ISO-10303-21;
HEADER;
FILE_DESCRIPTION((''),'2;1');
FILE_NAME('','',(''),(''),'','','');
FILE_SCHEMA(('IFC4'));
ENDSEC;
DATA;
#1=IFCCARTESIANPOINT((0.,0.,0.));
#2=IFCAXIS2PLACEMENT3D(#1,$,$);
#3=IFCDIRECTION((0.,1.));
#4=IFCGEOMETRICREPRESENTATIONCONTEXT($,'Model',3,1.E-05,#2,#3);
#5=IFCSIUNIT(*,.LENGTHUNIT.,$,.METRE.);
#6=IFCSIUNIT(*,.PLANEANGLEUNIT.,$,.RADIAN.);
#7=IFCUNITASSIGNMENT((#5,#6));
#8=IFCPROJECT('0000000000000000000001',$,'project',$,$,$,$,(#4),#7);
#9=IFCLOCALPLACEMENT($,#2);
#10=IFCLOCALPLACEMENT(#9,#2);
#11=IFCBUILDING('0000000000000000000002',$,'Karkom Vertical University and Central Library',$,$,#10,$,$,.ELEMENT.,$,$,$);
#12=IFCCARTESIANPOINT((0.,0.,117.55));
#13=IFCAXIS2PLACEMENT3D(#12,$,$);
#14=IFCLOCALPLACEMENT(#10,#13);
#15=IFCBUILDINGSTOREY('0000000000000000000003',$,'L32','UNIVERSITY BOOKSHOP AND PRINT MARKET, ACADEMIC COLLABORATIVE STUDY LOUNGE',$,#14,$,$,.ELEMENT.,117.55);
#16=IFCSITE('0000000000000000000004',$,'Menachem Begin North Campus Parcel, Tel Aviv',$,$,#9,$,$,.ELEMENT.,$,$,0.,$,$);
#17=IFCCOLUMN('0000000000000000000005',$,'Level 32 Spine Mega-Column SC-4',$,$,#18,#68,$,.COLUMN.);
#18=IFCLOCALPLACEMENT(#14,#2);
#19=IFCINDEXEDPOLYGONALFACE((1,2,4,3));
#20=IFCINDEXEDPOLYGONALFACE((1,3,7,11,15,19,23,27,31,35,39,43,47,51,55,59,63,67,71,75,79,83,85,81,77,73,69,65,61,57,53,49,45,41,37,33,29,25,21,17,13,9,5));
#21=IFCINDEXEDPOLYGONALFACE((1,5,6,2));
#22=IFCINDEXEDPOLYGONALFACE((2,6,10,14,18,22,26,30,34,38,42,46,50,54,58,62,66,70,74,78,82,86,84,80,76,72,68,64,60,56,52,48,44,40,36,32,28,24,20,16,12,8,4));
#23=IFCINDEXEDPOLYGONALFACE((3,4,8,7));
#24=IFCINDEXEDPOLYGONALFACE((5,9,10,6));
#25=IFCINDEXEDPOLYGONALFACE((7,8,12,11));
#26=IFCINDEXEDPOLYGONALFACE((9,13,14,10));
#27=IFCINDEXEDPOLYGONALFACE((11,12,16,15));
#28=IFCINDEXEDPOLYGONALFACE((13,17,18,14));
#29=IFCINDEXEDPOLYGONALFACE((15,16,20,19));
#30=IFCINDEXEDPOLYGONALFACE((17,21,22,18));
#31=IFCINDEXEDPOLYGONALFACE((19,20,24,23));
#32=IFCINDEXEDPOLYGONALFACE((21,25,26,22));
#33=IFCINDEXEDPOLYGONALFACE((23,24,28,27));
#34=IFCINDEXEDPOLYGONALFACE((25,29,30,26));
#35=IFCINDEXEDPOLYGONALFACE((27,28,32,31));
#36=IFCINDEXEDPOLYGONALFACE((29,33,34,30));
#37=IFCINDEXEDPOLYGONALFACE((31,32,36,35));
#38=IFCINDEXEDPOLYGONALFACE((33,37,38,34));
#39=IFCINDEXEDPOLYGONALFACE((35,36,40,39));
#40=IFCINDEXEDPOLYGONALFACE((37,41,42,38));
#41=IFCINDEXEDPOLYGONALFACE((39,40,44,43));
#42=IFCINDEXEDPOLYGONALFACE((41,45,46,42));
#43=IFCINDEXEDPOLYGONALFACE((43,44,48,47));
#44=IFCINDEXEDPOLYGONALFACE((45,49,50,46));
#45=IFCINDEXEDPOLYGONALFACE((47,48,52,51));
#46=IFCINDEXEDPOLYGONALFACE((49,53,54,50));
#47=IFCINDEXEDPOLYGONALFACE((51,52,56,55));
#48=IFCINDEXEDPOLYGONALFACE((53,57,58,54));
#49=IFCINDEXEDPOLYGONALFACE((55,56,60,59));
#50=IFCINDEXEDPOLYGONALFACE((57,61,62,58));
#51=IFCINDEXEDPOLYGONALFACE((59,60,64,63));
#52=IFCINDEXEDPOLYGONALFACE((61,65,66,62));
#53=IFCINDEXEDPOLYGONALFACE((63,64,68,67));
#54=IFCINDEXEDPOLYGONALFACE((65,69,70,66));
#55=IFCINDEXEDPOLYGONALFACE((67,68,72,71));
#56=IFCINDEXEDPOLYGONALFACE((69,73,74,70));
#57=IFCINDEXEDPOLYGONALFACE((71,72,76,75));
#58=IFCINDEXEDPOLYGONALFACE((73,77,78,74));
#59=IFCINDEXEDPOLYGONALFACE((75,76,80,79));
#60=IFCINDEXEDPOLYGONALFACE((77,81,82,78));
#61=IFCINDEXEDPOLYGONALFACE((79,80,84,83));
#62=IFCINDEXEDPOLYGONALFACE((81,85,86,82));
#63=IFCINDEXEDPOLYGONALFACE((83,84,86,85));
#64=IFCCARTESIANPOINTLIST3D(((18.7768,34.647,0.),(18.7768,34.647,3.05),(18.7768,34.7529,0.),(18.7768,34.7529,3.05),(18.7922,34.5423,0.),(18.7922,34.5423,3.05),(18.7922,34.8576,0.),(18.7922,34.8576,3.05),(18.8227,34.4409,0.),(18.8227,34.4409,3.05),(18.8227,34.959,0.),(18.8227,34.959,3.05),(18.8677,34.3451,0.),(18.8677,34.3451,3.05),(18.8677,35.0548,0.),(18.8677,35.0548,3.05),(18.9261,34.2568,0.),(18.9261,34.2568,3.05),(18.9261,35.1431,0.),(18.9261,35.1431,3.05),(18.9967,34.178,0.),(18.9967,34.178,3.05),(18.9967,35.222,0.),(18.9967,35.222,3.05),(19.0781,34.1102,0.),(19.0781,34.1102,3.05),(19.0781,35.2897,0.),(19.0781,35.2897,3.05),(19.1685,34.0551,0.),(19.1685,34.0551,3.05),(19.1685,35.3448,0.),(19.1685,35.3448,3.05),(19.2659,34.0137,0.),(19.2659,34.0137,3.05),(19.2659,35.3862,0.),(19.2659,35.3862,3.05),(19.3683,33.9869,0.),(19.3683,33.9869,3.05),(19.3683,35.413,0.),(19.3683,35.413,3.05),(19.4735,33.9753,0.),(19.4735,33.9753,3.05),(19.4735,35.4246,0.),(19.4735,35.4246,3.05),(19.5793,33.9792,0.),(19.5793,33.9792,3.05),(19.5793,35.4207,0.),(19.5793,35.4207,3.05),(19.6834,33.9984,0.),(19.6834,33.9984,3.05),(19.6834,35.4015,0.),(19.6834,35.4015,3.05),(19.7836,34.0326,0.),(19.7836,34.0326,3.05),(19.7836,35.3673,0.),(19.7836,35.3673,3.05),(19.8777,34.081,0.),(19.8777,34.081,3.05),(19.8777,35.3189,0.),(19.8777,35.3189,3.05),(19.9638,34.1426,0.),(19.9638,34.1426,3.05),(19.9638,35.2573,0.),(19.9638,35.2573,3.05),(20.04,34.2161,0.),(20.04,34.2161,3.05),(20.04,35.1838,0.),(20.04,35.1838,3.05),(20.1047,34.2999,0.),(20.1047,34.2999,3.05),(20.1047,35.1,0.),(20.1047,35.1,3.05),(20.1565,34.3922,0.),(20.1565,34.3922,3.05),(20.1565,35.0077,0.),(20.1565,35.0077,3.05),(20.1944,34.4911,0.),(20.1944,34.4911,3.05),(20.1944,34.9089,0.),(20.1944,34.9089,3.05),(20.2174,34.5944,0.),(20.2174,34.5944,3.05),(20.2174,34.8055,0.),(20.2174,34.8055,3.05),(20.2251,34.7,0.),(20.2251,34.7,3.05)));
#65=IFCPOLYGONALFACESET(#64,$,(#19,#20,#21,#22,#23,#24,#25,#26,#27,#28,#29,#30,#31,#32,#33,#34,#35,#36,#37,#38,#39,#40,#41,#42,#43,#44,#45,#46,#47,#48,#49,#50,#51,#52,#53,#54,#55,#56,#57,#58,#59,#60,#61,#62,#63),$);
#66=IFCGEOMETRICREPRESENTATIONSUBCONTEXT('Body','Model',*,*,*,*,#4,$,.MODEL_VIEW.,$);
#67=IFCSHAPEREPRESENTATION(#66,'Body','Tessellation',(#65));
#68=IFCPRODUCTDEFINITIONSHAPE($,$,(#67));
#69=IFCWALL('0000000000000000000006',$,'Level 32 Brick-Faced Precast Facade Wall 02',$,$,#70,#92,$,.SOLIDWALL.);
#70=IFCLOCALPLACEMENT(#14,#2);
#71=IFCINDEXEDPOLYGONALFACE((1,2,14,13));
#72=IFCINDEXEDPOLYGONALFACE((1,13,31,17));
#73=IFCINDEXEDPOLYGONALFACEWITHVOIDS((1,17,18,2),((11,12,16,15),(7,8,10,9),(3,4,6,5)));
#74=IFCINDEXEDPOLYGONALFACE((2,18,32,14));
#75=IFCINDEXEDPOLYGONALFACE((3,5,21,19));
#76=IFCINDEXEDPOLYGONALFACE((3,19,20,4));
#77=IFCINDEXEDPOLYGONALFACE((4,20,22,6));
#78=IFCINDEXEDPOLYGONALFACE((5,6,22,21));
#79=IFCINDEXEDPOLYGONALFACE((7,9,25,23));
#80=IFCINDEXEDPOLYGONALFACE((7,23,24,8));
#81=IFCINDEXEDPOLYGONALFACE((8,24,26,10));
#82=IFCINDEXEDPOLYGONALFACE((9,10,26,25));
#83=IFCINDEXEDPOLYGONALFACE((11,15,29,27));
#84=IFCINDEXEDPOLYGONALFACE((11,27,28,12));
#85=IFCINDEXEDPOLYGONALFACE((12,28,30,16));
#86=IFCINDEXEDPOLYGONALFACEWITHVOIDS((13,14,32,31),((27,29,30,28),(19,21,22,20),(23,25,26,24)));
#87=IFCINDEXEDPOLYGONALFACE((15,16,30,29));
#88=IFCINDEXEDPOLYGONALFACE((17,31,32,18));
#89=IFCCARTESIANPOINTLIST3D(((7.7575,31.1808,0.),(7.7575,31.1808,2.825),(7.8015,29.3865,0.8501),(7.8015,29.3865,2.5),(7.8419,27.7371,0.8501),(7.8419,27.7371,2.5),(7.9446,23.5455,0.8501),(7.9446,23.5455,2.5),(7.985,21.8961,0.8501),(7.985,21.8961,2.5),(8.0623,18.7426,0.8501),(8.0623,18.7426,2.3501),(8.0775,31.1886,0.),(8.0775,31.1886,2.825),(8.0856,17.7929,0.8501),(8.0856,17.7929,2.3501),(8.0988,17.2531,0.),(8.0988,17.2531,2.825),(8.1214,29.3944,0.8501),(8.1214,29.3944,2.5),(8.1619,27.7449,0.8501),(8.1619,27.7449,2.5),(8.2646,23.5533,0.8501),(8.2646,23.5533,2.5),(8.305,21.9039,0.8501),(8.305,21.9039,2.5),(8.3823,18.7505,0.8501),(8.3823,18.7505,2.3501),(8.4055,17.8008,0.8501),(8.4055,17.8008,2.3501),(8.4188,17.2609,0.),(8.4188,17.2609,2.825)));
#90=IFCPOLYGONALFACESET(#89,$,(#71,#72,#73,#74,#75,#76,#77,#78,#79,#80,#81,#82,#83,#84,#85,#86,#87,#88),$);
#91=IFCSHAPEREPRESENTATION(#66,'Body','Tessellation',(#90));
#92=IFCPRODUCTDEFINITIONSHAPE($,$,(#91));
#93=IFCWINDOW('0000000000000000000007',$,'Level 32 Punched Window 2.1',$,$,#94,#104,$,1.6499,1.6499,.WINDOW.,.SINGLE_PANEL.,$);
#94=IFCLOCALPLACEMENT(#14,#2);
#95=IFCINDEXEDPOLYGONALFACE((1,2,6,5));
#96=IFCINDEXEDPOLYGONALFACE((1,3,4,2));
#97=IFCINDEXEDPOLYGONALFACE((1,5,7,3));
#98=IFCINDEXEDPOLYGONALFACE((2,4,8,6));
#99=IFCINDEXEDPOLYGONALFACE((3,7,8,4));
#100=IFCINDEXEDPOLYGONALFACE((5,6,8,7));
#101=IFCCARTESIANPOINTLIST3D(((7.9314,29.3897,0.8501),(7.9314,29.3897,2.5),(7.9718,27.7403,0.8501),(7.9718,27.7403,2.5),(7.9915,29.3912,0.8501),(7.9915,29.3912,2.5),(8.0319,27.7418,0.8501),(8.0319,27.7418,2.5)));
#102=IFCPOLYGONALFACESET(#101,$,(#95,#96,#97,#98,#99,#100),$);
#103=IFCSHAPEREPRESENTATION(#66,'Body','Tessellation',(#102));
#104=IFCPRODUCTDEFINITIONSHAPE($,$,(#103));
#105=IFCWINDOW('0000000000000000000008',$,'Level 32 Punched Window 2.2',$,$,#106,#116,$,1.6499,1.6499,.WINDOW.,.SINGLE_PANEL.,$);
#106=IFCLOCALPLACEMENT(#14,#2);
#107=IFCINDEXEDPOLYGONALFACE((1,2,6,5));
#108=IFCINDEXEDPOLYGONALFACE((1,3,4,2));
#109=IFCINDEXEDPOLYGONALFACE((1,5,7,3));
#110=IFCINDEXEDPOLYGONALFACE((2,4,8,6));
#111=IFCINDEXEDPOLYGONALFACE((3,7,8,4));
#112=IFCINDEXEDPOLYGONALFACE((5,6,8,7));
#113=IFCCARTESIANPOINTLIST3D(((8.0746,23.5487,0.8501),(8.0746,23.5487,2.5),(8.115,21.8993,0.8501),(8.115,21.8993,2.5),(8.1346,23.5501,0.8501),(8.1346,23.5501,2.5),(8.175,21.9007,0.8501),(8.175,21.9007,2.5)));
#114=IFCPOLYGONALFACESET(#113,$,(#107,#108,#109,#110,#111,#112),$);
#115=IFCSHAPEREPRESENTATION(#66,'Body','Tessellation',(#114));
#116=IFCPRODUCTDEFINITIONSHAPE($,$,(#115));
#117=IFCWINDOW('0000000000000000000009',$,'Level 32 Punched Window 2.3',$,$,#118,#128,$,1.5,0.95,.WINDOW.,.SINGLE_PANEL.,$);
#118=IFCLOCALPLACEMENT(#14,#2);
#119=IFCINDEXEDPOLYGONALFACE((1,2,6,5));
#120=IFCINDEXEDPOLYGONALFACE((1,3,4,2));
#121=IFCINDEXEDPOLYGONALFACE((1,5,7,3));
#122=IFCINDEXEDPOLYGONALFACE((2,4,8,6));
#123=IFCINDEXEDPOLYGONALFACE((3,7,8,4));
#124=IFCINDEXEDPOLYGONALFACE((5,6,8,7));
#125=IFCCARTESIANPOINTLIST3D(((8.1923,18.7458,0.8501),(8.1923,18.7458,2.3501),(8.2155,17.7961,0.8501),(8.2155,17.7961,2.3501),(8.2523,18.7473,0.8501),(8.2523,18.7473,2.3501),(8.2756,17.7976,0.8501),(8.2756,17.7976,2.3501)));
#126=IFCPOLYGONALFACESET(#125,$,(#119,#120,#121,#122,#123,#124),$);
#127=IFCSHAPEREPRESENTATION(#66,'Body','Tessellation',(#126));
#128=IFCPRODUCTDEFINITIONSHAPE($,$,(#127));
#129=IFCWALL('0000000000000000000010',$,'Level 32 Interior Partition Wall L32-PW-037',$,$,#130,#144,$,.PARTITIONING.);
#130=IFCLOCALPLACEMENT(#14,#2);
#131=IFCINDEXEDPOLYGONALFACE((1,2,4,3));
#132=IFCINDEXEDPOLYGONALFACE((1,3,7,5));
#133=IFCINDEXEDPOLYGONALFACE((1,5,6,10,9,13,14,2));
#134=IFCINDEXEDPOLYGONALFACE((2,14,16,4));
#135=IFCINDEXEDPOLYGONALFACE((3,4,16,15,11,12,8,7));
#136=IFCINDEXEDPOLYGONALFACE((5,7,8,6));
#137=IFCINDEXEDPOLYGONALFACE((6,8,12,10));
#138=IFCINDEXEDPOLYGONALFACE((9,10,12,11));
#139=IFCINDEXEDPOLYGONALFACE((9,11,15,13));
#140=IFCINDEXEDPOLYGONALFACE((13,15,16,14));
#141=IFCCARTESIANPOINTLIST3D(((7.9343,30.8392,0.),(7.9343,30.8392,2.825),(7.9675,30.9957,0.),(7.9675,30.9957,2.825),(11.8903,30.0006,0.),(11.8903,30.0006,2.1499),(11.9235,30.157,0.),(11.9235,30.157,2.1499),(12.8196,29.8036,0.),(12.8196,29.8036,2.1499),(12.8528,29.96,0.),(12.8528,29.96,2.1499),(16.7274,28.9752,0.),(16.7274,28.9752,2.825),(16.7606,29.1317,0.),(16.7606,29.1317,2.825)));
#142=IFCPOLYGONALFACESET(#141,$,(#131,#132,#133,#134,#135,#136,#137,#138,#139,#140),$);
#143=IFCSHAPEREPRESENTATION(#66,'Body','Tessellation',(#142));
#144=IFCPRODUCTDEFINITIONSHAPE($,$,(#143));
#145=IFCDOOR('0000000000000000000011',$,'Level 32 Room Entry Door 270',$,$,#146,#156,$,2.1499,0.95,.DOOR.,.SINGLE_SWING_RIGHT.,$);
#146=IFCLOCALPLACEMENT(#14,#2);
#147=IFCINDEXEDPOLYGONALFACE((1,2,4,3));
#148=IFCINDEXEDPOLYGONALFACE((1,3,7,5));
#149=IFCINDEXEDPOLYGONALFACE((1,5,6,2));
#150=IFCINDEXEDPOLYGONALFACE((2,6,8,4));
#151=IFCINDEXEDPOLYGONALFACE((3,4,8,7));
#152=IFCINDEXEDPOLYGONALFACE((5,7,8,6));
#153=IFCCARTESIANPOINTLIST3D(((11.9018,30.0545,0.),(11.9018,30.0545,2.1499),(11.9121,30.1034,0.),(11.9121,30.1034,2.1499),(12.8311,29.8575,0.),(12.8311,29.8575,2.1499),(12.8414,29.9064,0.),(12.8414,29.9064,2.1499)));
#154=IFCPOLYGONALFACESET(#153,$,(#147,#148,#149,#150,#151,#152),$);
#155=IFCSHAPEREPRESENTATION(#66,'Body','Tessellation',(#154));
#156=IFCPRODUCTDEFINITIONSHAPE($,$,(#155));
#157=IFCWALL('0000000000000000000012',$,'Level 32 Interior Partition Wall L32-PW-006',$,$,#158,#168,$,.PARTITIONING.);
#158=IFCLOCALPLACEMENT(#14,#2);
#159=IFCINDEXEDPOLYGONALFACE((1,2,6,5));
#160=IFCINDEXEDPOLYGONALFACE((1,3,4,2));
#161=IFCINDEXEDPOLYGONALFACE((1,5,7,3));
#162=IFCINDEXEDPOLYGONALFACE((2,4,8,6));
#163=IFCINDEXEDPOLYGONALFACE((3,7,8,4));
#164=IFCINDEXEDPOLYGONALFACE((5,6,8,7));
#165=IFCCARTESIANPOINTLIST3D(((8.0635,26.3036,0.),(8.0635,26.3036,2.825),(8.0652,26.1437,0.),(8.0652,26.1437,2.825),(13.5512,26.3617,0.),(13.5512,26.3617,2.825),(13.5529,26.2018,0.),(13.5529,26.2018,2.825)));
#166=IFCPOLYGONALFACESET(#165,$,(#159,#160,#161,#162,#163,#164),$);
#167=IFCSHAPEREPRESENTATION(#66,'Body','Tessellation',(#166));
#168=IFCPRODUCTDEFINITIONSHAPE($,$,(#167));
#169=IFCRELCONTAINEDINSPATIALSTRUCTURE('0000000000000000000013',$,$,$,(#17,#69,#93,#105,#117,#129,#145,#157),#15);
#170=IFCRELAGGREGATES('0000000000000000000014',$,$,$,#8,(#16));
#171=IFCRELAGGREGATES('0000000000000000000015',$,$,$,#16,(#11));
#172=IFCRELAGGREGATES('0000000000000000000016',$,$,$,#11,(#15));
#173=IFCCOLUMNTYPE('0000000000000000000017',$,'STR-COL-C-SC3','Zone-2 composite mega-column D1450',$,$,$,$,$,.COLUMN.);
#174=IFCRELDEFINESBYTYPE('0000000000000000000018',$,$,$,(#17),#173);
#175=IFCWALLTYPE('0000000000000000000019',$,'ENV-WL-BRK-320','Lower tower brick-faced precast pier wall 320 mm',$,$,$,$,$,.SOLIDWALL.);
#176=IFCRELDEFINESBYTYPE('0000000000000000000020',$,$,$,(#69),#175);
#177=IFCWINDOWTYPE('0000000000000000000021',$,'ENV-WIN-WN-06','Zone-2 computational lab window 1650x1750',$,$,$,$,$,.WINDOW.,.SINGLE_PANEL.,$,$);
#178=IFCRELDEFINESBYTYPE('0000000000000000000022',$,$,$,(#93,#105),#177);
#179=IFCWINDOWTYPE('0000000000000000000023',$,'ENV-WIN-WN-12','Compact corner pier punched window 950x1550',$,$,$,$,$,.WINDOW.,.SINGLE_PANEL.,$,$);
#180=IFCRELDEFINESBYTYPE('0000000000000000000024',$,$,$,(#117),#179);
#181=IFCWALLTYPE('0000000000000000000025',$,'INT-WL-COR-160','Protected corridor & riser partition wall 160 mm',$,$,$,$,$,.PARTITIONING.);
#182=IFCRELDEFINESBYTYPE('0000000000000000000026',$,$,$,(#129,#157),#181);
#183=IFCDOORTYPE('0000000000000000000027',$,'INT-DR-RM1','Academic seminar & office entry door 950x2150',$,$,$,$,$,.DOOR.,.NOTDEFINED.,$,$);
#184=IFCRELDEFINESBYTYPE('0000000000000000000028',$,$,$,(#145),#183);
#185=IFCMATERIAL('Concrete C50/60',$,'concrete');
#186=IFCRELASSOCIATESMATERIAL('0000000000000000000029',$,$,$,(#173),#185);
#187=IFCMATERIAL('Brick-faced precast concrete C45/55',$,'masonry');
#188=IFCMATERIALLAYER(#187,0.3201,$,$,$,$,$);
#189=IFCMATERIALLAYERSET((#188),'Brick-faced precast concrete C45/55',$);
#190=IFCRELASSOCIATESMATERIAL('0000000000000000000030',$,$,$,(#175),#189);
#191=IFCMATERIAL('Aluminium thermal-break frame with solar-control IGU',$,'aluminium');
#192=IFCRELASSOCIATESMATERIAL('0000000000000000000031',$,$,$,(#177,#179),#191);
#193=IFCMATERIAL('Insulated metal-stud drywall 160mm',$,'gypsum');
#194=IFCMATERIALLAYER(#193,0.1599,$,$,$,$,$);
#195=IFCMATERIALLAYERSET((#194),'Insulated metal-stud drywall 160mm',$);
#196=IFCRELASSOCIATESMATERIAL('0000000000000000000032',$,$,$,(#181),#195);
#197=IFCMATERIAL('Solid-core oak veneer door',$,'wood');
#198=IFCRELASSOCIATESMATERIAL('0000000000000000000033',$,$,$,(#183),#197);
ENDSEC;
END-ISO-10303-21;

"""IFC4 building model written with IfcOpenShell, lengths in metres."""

from ifc_helpers import new_model, si_unit, direction, frame, frame_2d, origin, origin_with_axes, origin_2d, place, context, subcontext, project, spatial, rectangle, circle, extrude, source, transform, mapped, material, layer, layer_set, material_profile, profile_set, type_object, element, fill, save


model = new_model("IFC4")

# Units and contexts
model_context = context("Model", 3, precision=1e-05, world=origin(), true_north=direction((0.0, 1.0)))
body_context = subcontext(model_context, "Body", "Model", "MODEL_VIEW")
ifc_project = project(units=[si_unit("LENGTHUNIT", "METRE"), si_unit("PLANEANGLEUNIT", "RADIAN")], contexts=[model_context])

# Site, building, storey
site_placement = place(None, origin())
site = spatial("IfcSite", under=ifc_project, at=site_placement, Name="Menachem Begin North Campus Parcel, Tel Aviv", CompositionType="ELEMENT", RefElevation=0.0)
building_placement = place(site_placement, origin())
building = spatial("IfcBuilding", under=site, at=building_placement, Name="Karkom Vertical University and Central Library", CompositionType="ELEMENT")
storey_placement = place(building_placement, frame((0.0, 0.0, 117.55)))
storey = spatial("IfcBuildingStorey", under=building, at=storey_placement, Name="L32", Description="UNIVERSITY BOOKSHOP AND PRINT MARKET, ACADEMIC COLLABORATIVE STUDY LOUNGE", CompositionType="ELEMENT", Elevation=117.55)

# Column
ifc_material_1 = material(Name="Concrete C50/60", Category="concrete")
ifc_material_profile = material_profile(ifc_material_1, circle(Radius=0.7251, at=origin_2d()), Name="CFT-D1450")
ifc_profile_set = profile_set([ifc_material_profile], Name="Concrete C50/60")
column_type = type_object("IfcColumnType", Name="STR-COL-C-SC3", Description="Zone-2 composite mega-column D1450", PredefinedType="COLUMN", material=ifc_profile_set)
shared_shape_1 = source(origin_with_axes(), body_context, "Body", "SweptSolid", [
    extrude(circle(Radius=0.7251, at=origin_2d()), origin(), (0.0, 0.0, 1.0), 3.05),
])
column_placement = place(storey_placement, frame((19.5, 34.7, 0.0), z_axis=(0.0, 0.0, 1.0), x_axis=(1.0, 0.0, 0.0)))
element("IfcColumn", 1, at=column_placement, inside=storey, type_object=column_type, Name="Level 32 Spine Mega-Column SC-4", PredefinedType="COLUMN", context=body_context, shape_type="MappedRepresentation", body=[
    mapped(shared_shape_1, transform((0.0, 0.0, 0.0), scale=1.0)),
])

# Wall, openings, windows
ifc_material_2 = material(Name="Brick-faced precast concrete C45/55", Category="masonry")
ifc_layer_1 = layer(ifc_material_2, 0.3201)
ifc_layer_set_1 = layer_set([ifc_layer_1], Name="Brick-faced precast concrete C45/55")
wall_type_1 = type_object("IfcWallType", Name="ENV-WL-BRK-320", Description="Lower tower brick-faced precast pier wall 320 mm", PredefinedType="SOLIDWALL", material=ifc_layer_set_1)
wall_1_placement = place(storey_placement, frame((7.9175, 31.1846, 0.0), z_axis=(0.0, 0.0, 1.0), x_axis=(0.024498, -0.9997, 0.0)))
wall_1 = element("IfcWall", 2, at=wall_1_placement, inside=storey, type_object=wall_type_1, Name="Level 32 Brick-Faced Precast Facade Wall 02", PredefinedType="SOLIDWALL", context=body_context, shape_type="SweptSolid", body=[
    extrude(rectangle(XDim=13.9319, YDim=0.3201, at=frame_2d((6.9658, 0.0))), origin(), (0.0, 0.0, 1.0), 2.825),
])
opening_1_placement = place(wall_1_placement, frame((1.7947, 0.0, 0.8501)))
opening_1 = element("IfcOpeningElement", 3, at=opening_1_placement, cuts=wall_1, PredefinedType="OPENING", context=body_context, shape_type="SweptSolid", body=[
    extrude(rectangle(XDim=1.6499, YDim=1.6499, at=frame_2d((0.825, 0.825))), frame((0.0, 0.1699, 0.0), z_axis=(0.0, -1.0, 0.0), x_axis=(1.0, 0.0, 0.0)), (0.0, 0.0, 1.0), 0.3401),
])
opening_2_placement = place(wall_1_placement, frame((7.6375, 0.0, 0.8501)))
opening_2 = element("IfcOpeningElement", 4, at=opening_2_placement, cuts=wall_1, PredefinedType="OPENING", context=body_context, shape_type="SweptSolid", body=[
    extrude(rectangle(XDim=1.6499, YDim=1.6499, at=frame_2d((0.825, 0.825))), frame((0.0, 0.1699, 0.0), z_axis=(0.0, -1.0, 0.0), x_axis=(1.0, 0.0, 0.0)), (0.0, 0.0, 1.0), 0.3401),
])
opening_3_placement = place(wall_1_placement, frame((12.4417, 0.0, 0.8501)))
opening_3 = element("IfcOpeningElement", 5, at=opening_3_placement, cuts=wall_1, PredefinedType="OPENING", context=body_context, shape_type="SweptSolid", body=[
    extrude(rectangle(XDim=0.95, YDim=1.5, at=frame_2d((0.4751, 0.75))), frame((0.0, 0.1699, 0.0), z_axis=(0.0, -1.0, 0.0), x_axis=(1.0, 0.0, 0.0)), (0.0, 0.0, 1.0), 0.3401),
])
ifc_material_3 = material(Name="Aluminium thermal-break frame with solar-control IGU", Category="aluminium")
window_type_1 = type_object("IfcWindowType", Name="ENV-WIN-WN-06", Description="Zone-2 computational lab window 1650x1750", PartitioningType="SINGLE_PANEL", PredefinedType="WINDOW", material=ifc_material_3)
shared_shape_2 = source(origin_with_axes(), body_context, "Body", "SweptSolid", [
    extrude(rectangle(XDim=1.6499, YDim=1.6499, at=frame_2d((0.825, 0.825))), frame((0.0, 0.03, 0.0), z_axis=(0.0, -1.0, 0.0), x_axis=(1.0, 0.0, 0.0)), (0.0, 0.0, 1.0), 0.0601),
])
window_1_placement = place(opening_1_placement, origin())
window_1 = element("IfcWindow", 6, at=window_1_placement, inside=storey, type_object=window_type_1, Name="Level 32 Punched Window 2.1", OverallHeight=1.6499, OverallWidth=1.6499, PartitioningType="SINGLE_PANEL", PredefinedType="WINDOW", context=body_context, shape_type="MappedRepresentation", body=[
    mapped(shared_shape_2, transform((0.0, 0.0, 0.0), scale=1.0)),
])
fill(opening_1, window_1)
window_2_placement = place(opening_2_placement, origin())
window_2 = element("IfcWindow", 7, at=window_2_placement, inside=storey, type_object=window_type_1, Name="Level 32 Punched Window 2.2", OverallHeight=1.6499, OverallWidth=1.6499, PartitioningType="SINGLE_PANEL", PredefinedType="WINDOW", context=body_context, shape_type="MappedRepresentation", body=[
    mapped(shared_shape_2, transform((0.0, 0.0, 0.0), scale=1.0)),
])
fill(opening_2, window_2)
window_type_2 = type_object("IfcWindowType", Name="ENV-WIN-WN-12", Description="Compact corner pier punched window 950x1550", PartitioningType="SINGLE_PANEL", PredefinedType="WINDOW", material=ifc_material_3)
shared_shape_3 = source(origin_with_axes(), body_context, "Body", "SweptSolid", [
    extrude(rectangle(XDim=0.95, YDim=1.5, at=frame_2d((0.4751, 0.75))), frame((0.0, 0.03, 0.0), z_axis=(0.0, -1.0, 0.0), x_axis=(1.0, 0.0, 0.0)), (0.0, 0.0, 1.0), 0.0601),
])
window_3_placement = place(opening_3_placement, origin())
window_3 = element("IfcWindow", 8, at=window_3_placement, inside=storey, type_object=window_type_2, Name="Level 32 Punched Window 2.3", OverallHeight=1.5, OverallWidth=0.95, PartitioningType="SINGLE_PANEL", PredefinedType="WINDOW", context=body_context, shape_type="MappedRepresentation", body=[
    mapped(shared_shape_3, transform((0.0, 0.0, 0.0), scale=1.0)),
])
fill(opening_3, window_3)

# Wall, opening, door
ifc_material_4 = material(Name="Insulated metal-stud drywall 160mm", Category="gypsum")
ifc_layer_2 = layer(ifc_material_4, 0.1599)
ifc_layer_set_2 = layer_set([ifc_layer_2], Name="Insulated metal-stud drywall 160mm")
wall_type_2 = type_object("IfcWallType", Name="INT-WL-COR-160", Description="Protected corridor & riser partition wall 160 mm", PredefinedType="PARTITIONING", material=ifc_layer_set_2)
wall_2_placement = place(storey_placement, frame((16.7439, 29.0535, 0.0), z_axis=(0.0, 0.0, 1.0), x_axis=(-0.978262, 0.207375, 0.0)))
wall_2 = element("IfcWall", 9, at=wall_2_placement, inside=storey, type_object=wall_type_2, Name="Level 32 Interior Partition Wall L32-PW-037", PredefinedType="PARTITIONING", context=body_context, shape_type="SweptSolid", body=[
    extrude(rectangle(XDim=8.9885, YDim=0.1599, at=frame_2d((4.4941, 0.0))), origin(), (0.0, 0.0, 1.0), 2.825),
])
opening_4_placement = place(wall_2_placement, frame((3.9944, 0.0, 0.0)))
opening_4 = element("IfcOpeningElement", 10, at=opening_4_placement, cuts=wall_2, PredefinedType="OPENING", context=body_context, shape_type="SweptSolid", body=[
    extrude(rectangle(XDim=0.95, YDim=2.1499, at=frame_2d((0.4751, 1.075))), frame((0.0, 0.0898, 0.0), z_axis=(0.0, -1.0, 0.0), x_axis=(1.0, 0.0, 0.0)), (0.0, 0.0, 1.0), 0.1799),
])
ifc_material_5 = material(Name="Solid-core oak veneer door", Category="wood")
door_type_1 = type_object("IfcDoorType", Name="INT-DR-RM1", Description="Academic seminar & office entry door 950x2150", OperationType="NOTDEFINED", PredefinedType="DOOR", material=ifc_material_5)
shared_shape_4 = source(origin_with_axes(), body_context, "Body", "SweptSolid", [
    extrude(rectangle(XDim=0.95, YDim=2.1499, at=frame_2d((0.4751, 1.075))), frame((0.0, 0.0249, 0.0), z_axis=(0.0, -1.0, 0.0), x_axis=(1.0, 0.0, 0.0)), (0.0, 0.0, 1.0), 0.05),
])
door_1_placement = place(opening_4_placement, origin())
door_1 = element("IfcDoor", 11, at=door_1_placement, inside=storey, type_object=door_type_1, Name="Level 32 Room Entry Door 270", OperationType="SINGLE_SWING_RIGHT", OverallHeight=2.1499, OverallWidth=0.95, PredefinedType="DOOR", context=body_context, shape_type="MappedRepresentation", body=[
    mapped(shared_shape_4, transform((0.0, 0.0, 0.0), scale=1.0)),
])
fill(opening_4, door_1)

# Wall
wall_3_placement = place(storey_placement, frame((8.0642, 26.2236, 0.0), z_axis=(0.0, 0.0, 1.0), x_axis=(0.999944, 0.010588, 0.0)))
element("IfcWall", 12, at=wall_3_placement, inside=storey, type_object=wall_type_2, Name="Level 32 Interior Partition Wall L32-PW-006", PredefinedType="PARTITIONING", context=body_context, shape_type="SweptSolid", body=[
    extrude(rectangle(XDim=5.488, YDim=0.1599, at=frame_2d((2.7441, 0.0))), origin(), (0.0, 0.0, 1.0), 2.825),
])

save(model, "model.ifc")
